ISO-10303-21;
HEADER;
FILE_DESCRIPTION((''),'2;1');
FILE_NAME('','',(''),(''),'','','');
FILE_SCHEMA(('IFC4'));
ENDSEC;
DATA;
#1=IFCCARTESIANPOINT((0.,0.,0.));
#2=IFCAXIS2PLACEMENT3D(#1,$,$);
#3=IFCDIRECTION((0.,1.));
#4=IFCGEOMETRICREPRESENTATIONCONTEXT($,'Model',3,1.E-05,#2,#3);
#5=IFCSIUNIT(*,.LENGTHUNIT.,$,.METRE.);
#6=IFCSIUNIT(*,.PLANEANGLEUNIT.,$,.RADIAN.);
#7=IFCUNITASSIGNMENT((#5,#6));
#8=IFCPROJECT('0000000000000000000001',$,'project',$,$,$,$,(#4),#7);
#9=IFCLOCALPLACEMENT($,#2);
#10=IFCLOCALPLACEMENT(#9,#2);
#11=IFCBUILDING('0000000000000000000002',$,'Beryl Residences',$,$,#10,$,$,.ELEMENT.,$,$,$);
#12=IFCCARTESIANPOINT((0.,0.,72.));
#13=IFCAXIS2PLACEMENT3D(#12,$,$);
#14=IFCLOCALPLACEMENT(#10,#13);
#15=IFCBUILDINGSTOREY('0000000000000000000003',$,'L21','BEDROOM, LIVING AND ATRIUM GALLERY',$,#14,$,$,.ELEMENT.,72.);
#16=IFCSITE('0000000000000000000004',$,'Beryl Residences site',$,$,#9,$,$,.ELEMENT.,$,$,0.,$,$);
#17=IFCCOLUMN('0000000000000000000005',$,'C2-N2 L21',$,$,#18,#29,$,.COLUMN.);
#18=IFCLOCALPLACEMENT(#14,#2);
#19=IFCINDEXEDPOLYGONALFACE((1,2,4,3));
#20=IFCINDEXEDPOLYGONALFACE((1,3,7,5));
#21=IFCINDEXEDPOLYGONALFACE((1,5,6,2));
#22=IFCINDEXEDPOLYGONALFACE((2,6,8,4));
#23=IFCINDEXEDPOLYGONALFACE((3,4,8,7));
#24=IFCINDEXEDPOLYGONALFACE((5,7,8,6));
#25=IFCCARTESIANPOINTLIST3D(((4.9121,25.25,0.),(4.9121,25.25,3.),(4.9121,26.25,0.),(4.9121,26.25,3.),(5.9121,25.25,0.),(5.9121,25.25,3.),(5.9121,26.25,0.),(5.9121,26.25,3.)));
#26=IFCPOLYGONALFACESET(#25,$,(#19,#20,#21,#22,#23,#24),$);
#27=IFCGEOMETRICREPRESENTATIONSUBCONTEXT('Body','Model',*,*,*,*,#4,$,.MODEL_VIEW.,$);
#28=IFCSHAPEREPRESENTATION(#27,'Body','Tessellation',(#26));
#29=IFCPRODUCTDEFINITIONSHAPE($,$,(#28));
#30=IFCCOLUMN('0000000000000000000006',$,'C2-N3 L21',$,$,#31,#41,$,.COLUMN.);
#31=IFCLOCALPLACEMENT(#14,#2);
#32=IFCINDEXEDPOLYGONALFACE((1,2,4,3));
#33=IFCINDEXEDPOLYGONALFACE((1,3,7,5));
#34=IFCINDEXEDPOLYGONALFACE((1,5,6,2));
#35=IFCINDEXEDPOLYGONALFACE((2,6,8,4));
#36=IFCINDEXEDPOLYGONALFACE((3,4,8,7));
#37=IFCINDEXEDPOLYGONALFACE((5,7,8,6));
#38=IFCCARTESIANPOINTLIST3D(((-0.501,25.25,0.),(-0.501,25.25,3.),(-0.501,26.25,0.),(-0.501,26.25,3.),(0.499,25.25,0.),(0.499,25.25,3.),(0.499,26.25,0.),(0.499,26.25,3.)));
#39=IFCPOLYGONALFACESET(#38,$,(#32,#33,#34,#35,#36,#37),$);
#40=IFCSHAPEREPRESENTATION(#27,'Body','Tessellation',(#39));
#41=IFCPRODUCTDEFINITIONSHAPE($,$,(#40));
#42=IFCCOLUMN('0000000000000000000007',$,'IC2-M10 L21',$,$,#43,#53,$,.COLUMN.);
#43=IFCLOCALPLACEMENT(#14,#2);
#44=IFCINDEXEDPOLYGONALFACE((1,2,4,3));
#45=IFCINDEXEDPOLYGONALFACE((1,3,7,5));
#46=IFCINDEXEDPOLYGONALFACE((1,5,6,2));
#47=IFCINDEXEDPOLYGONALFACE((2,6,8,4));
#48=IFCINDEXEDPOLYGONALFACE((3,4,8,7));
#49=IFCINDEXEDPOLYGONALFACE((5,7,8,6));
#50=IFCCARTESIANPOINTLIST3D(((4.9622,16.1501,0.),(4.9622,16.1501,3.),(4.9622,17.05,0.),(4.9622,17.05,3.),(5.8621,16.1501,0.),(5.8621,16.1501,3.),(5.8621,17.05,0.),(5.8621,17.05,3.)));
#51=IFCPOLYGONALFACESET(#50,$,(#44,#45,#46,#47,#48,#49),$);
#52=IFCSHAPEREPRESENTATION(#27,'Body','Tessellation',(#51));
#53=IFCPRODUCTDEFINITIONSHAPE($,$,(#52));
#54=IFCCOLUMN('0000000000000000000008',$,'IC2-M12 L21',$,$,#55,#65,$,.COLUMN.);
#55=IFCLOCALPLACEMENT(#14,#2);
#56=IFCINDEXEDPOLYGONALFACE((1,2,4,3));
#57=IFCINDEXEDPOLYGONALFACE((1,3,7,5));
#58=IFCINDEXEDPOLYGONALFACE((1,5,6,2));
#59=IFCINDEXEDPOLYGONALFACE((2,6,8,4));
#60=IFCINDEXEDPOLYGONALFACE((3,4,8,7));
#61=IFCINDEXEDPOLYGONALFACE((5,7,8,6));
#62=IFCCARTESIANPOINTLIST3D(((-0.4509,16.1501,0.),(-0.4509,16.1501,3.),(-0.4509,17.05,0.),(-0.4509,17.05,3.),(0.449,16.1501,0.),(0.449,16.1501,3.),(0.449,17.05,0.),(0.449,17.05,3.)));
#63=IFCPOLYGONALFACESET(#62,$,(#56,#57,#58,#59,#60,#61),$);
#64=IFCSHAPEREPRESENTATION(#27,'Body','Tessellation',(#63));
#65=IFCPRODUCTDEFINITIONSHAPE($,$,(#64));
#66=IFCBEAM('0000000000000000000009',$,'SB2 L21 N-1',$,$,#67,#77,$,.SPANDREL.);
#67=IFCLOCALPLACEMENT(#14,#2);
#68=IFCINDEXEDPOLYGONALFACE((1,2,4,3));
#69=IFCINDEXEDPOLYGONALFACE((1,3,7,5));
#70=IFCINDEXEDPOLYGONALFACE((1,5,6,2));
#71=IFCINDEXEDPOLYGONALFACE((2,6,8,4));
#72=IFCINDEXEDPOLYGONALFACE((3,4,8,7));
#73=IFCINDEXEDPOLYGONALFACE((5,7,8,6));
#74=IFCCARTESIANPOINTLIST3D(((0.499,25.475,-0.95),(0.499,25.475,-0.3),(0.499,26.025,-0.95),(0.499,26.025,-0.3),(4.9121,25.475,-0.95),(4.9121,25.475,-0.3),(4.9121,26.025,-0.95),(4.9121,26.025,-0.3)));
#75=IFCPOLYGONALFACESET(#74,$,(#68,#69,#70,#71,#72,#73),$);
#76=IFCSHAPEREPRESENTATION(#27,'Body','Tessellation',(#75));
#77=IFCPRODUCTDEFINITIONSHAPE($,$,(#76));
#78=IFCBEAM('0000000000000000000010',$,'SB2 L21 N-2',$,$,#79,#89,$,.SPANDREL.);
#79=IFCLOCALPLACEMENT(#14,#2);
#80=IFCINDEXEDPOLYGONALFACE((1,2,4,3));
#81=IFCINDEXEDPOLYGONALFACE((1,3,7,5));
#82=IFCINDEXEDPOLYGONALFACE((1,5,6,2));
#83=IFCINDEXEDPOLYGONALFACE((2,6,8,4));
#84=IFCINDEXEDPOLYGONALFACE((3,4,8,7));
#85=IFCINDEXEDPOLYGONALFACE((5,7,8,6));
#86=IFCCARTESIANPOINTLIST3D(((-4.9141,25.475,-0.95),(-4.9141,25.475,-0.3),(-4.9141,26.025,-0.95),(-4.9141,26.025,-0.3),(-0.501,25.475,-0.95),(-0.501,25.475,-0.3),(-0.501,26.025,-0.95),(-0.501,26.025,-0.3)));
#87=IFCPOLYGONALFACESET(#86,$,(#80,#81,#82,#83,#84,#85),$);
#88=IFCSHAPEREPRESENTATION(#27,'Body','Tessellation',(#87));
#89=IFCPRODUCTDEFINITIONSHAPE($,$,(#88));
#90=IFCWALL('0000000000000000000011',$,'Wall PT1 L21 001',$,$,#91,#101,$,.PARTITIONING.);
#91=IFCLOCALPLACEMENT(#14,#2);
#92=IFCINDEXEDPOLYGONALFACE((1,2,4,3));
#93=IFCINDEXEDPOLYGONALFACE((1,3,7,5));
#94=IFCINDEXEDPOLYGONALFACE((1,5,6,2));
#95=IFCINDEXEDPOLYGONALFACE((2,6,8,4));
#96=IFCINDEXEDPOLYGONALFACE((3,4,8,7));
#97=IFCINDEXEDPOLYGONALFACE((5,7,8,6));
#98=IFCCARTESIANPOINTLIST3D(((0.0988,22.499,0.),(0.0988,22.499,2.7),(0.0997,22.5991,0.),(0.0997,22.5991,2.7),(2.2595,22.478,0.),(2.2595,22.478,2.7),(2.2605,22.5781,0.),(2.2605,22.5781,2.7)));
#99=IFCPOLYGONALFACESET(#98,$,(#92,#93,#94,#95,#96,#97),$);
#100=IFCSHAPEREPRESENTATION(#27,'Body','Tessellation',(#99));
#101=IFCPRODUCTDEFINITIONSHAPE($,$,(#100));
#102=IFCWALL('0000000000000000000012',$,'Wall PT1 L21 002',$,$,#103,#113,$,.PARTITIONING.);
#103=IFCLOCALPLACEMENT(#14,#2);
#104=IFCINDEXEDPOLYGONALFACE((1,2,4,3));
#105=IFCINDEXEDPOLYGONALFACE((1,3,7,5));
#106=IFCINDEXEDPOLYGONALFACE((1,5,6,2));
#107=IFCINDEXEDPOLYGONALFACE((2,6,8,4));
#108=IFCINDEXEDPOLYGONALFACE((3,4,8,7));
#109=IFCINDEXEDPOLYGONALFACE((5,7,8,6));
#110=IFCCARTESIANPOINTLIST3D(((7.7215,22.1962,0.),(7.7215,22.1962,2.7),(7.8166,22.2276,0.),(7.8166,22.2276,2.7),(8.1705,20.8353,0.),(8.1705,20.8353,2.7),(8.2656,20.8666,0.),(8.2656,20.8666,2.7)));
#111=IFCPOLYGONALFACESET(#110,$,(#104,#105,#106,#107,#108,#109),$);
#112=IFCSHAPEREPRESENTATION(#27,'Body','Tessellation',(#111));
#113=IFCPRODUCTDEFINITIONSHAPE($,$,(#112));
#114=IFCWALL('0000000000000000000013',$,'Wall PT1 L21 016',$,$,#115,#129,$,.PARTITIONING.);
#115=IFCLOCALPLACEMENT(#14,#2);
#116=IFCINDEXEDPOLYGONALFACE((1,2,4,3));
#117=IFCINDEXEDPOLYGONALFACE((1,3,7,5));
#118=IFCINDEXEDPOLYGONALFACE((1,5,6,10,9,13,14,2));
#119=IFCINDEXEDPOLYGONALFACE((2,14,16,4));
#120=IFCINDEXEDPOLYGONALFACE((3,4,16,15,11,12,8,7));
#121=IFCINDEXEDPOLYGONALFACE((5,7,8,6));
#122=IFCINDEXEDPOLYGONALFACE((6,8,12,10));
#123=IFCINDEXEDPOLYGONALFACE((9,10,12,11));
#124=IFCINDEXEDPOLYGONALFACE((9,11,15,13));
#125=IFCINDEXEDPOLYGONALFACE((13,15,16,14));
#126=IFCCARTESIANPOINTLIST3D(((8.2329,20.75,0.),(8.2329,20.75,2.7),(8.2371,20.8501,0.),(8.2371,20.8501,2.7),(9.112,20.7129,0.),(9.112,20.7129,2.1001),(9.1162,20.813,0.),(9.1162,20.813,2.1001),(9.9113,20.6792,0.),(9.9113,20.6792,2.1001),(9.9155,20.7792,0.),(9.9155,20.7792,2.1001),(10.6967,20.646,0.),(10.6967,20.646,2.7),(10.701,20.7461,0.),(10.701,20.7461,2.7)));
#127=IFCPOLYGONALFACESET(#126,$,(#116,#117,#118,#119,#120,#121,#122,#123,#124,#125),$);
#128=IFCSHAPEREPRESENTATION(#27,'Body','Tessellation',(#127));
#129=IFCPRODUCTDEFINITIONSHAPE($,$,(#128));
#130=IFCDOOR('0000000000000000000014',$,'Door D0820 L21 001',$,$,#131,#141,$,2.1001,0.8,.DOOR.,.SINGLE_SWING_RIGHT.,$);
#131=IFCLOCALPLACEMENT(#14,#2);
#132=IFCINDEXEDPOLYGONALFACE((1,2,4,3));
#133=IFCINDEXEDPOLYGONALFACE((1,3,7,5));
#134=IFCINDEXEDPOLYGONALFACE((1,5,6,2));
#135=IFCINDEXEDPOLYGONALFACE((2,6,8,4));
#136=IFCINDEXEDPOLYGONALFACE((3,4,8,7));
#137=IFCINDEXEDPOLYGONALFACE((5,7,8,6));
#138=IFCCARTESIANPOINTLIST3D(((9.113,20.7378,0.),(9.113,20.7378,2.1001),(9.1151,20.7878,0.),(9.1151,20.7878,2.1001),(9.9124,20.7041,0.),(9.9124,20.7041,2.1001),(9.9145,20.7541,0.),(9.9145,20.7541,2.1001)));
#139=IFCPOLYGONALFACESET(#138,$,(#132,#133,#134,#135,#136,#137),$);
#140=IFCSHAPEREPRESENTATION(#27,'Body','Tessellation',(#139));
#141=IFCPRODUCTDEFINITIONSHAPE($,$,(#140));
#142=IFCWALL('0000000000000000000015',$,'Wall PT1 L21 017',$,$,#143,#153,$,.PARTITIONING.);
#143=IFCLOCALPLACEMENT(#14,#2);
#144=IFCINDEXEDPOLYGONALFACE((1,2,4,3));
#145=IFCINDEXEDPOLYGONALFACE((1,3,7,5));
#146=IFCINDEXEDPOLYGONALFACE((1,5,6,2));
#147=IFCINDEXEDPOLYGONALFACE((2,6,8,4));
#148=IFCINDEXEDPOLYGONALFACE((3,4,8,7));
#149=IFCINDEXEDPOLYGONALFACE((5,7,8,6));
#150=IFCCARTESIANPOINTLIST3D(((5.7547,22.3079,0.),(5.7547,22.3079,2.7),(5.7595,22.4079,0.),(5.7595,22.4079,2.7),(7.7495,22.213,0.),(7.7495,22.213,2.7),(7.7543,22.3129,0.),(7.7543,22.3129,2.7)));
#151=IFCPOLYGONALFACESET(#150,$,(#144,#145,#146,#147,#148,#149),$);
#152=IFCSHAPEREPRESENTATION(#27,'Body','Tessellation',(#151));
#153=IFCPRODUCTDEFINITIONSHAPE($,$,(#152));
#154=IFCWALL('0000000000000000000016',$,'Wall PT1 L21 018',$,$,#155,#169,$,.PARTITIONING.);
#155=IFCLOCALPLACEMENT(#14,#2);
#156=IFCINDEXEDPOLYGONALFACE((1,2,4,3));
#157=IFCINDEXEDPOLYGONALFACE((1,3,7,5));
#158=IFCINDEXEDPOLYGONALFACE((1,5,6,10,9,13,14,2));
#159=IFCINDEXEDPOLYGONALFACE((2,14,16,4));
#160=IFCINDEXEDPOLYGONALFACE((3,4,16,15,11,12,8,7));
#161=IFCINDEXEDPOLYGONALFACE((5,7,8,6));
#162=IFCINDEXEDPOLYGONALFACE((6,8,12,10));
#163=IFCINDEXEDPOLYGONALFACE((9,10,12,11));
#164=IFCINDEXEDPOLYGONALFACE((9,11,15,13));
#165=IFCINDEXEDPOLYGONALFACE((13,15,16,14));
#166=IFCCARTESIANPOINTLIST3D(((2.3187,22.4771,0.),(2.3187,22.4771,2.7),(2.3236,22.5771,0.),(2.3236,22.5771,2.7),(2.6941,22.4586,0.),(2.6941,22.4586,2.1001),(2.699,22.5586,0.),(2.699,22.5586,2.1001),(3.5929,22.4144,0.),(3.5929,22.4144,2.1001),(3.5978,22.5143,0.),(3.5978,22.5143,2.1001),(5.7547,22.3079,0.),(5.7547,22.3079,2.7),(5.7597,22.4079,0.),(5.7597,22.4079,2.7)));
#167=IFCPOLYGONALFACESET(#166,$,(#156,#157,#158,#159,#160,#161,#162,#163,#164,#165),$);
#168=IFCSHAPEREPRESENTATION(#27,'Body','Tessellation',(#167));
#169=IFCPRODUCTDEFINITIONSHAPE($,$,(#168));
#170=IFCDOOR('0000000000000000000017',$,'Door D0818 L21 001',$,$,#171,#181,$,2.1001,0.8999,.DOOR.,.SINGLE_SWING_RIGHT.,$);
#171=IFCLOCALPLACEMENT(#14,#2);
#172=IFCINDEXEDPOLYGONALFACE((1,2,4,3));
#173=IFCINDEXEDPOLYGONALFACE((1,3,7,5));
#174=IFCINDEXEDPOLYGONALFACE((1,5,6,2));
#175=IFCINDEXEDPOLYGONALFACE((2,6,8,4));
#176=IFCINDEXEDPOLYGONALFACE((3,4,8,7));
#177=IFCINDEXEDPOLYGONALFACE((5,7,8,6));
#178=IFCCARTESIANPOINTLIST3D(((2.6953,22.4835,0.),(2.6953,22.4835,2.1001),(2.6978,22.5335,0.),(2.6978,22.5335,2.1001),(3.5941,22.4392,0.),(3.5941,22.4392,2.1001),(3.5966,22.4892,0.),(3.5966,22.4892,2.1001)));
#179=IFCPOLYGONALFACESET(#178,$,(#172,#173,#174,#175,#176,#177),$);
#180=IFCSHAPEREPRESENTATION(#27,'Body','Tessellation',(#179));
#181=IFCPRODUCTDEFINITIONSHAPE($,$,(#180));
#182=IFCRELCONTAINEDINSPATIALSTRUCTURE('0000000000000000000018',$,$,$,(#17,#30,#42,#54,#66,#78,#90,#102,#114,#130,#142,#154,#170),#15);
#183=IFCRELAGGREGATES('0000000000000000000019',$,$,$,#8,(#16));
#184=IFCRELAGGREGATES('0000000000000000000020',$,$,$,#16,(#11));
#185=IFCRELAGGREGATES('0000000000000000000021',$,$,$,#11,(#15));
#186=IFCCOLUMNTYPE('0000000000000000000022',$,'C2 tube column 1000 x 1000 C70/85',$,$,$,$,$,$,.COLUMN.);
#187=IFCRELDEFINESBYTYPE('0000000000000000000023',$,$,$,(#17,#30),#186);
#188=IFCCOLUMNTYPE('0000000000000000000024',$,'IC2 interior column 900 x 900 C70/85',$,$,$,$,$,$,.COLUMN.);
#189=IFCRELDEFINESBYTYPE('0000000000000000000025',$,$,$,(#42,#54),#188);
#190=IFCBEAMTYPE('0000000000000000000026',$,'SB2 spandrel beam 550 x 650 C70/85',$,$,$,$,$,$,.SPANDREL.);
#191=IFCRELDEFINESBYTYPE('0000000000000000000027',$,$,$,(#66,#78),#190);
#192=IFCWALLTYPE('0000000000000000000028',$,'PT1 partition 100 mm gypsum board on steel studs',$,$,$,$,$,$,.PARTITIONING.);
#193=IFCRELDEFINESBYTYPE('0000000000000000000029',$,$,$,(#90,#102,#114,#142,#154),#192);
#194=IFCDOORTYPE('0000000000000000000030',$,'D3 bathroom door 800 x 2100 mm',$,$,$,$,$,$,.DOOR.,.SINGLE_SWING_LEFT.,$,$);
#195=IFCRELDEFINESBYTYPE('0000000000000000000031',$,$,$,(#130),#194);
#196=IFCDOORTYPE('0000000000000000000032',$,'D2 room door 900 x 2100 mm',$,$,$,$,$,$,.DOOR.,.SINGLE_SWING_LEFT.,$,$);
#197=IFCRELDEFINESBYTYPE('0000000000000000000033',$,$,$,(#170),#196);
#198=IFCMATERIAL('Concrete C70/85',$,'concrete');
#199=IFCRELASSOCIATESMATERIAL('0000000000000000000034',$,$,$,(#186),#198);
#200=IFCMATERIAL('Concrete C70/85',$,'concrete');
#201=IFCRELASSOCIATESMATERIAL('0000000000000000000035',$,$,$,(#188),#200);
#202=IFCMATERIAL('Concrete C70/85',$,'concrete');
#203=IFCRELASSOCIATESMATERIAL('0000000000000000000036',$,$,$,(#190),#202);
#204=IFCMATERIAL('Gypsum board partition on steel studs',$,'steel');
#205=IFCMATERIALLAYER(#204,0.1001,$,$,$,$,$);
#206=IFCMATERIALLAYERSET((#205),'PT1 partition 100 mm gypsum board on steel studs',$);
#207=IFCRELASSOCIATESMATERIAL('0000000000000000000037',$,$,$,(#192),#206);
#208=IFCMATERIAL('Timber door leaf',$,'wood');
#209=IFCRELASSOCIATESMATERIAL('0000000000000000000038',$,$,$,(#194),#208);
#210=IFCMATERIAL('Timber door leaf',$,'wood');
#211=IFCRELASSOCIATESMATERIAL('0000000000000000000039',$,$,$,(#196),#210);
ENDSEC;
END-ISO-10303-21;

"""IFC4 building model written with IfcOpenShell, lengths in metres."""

from ifc_helpers import new_model, si_unit, direction, frame, frame_2d, origin, origin_2d, place, context, subcontext, project, spatial, rectangle, extrude, material, layer, layer_set, material_profile, profile_set, type_object, element, fill, save


model = new_model("IFC4")

# Units and contexts
model_context = context("Model", 3, precision=1e-05, world=origin(), true_north=direction((0.0, 1.0)))
body_context = subcontext(model_context, "Body", "Model", "MODEL_VIEW")
ifc_project = project(units=[si_unit("LENGTHUNIT", "METRE"), si_unit("PLANEANGLEUNIT", "RADIAN")], contexts=[model_context])

# Site, building, storey
site_placement = place(None, origin())
site = spatial("IfcSite", under=ifc_project, at=site_placement, Name="Beryl Residences site", CompositionType="ELEMENT", RefElevation=0.0)
building_placement = place(site_placement, origin())
building = spatial("IfcBuilding", under=site, at=building_placement, Name="Beryl Residences", CompositionType="ELEMENT")
storey_placement = place(building_placement, frame((0.0, 0.0, 72.0)))
storey = spatial("IfcBuildingStorey", under=building, at=storey_placement, Name="L21", Description="BEDROOM, LIVING AND ATRIUM GALLERY", CompositionType="ELEMENT", Elevation=72.0)

# Columns
ifc_material_1 = material(Name="Concrete C70/85", Category="concrete")
ifc_material_profile_1 = material_profile(ifc_material_1, rectangle(XDim=1.0, YDim=1.0, at=origin_2d()))
ifc_profile_set_1 = profile_set([ifc_material_profile_1], Name="Concrete C70/85")
column_type_1 = type_object("IfcColumnType", Name="C2 tube column 1000 x 1000 C70/85", PredefinedType="COLUMN", material=ifc_profile_set_1)
for number, where, z_axis, x_axis, name in (
    (1, (5.4121, 25.75, 0.0), (0.0, 0.0, 1.0), (-1.0, 0.0, 0.0), "C2-N2 L21"),
    (2, (-0.001, 25.75, 0.0), (0.0, 0.0, 1.0), (-1.0, 0.0, 0.0), "C2-N3 L21"),
):
    element("IfcColumn", number, at=place(storey_placement, frame(where, z_axis=z_axis, x_axis=x_axis)), inside=storey, type_object=column_type_1, Name=name, PredefinedType="COLUMN", context=body_context, shape_type="SweptSolid", body=[
        extrude(rectangle(XDim=1.0, YDim=1.0, at=origin_2d()), origin(), (0.0, 0.0, 1.0), 3.0),
    ])
ifc_material_2 = material(Name="Concrete C70/85", Category="concrete")
ifc_material_profile_2 = material_profile(ifc_material_2, rectangle(XDim=0.8999, YDim=0.8999, at=origin_2d()))
ifc_profile_set_2 = profile_set([ifc_material_profile_2], Name="Concrete C70/85")
column_type_2 = type_object("IfcColumnType", Name="IC2 interior column 900 x 900 C70/85", PredefinedType="COLUMN", material=ifc_profile_set_2)
for number, where, z_axis, x_axis, name in (
    (3, (5.4121, 16.6001, 0.0), (0.0, 0.0, 1.0), (-1.0, 0.0, 0.0), "IC2-M10 L21"),
    (4, (-0.001, 16.6001, 0.0), (0.0, 0.0, 1.0), (-1.0, 0.0, 0.0), "IC2-M12 L21"),
):
    element("IfcColumn", number, at=place(storey_placement, frame(where, z_axis=z_axis, x_axis=x_axis)), inside=storey, type_object=column_type_2, Name=name, PredefinedType="COLUMN", context=body_context, shape_type="SweptSolid", body=[
        extrude(rectangle(XDim=0.8999, YDim=0.8999, at=origin_2d()), origin(), (0.0, 0.0, 1.0), 3.0),
    ])

# Beams
ifc_material_3 = material(Name="Concrete C70/85", Category="concrete")
ifc_material_profile_3 = material_profile(ifc_material_3, rectangle(XDim=0.55, YDim=0.6499, at=origin_2d()))
ifc_profile_set_3 = profile_set([ifc_material_profile_3], Name="Concrete C70/85")
beam_type = type_object("IfcBeamType", Name="SB2 spandrel beam 550 x 650 C70/85", PredefinedType="SPANDREL", material=ifc_profile_set_3)
for number, where, z_axis, x_axis, name in (
    (5, (4.9121, 25.75, -0.625), (-1.0, 0.0, 0.0), (0.0, -1.0, 0.0), "SB2 L21 N-1"),
    (6, (-0.501, 25.75, -0.625), (-1.0, 0.0, 0.0), (0.0, -1.0, 0.0), "SB2 L21 N-2"),
):
    element("IfcBeam", number, at=place(storey_placement, frame(where, z_axis=z_axis, x_axis=x_axis)), inside=storey, type_object=beam_type, Name=name, PredefinedType="SPANDREL", context=body_context, shape_type="SweptSolid", body=[
        extrude(rectangle(XDim=0.55, YDim=0.6499, at=origin_2d()), origin(), (0.0, 0.0, 1.0), 4.4131),
    ])

# Walls
ifc_material_4 = material(Name="Gypsum board partition on steel studs", Category="steel")
ifc_layer_1 = layer(ifc_material_4, 0.1001)
ifc_layer_set_1 = layer_set([ifc_layer_1], Name="PT1 partition 100 mm gypsum board on steel studs")
wall_type_1 = type_object("IfcWallType", Name="PT1 partition 100 mm gypsum board on steel studs", PredefinedType="PARTITIONING", material=ifc_layer_set_1)
wall_1_placement = place(storey_placement, frame((0.0991, 22.5491, 0.0), z_axis=(0.0, 0.0, 1.0), x_axis=(0.999953, -0.009716, 0.0)))
element("IfcWall", 7, at=wall_1_placement, inside=storey, type_object=wall_type_1, Name="Wall PT1 L21 001", PredefinedType="PARTITIONING", context=body_context, shape_type="SweptSolid", body=[
    extrude(rectangle(XDim=2.1609, YDim=0.1001, at=frame_2d((1.0806, 0.0))), origin(), (0.0, 0.0, 1.0), 2.7),
])
wall_2_placement = place(storey_placement, frame((7.769, 22.2119, 0.0), z_axis=(0.0, 0.0, 1.0), x_axis=(0.313313, -0.94965, 0.0)))
element("IfcWall", 8, at=wall_2_placement, inside=storey, type_object=wall_type_1, Name="Wall PT1 L21 002", PredefinedType="PARTITIONING", context=body_context, shape_type="SweptSolid", body=[
    extrude(rectangle(XDim=1.4331, YDim=0.1001, at=frame_2d((0.7166, 0.0))), origin(), (0.0, 0.0, 1.0), 2.7),
])

# Wall, opening, door
wall_3_placement = place(storey_placement, frame((8.2351, 20.8, 0.0), z_axis=(0.0, 0.0, 1.0), x_axis=(0.99911, -0.042174, 0.0)))
wall_3 = element("IfcWall", 9, at=wall_3_placement, inside=storey, type_object=wall_type_1, Name="Wall PT1 L21 016", PredefinedType="PARTITIONING", context=body_context, shape_type="SweptSolid", body=[
    extrude(rectangle(XDim=2.4661, YDim=0.1001, at=frame_2d((1.2329, 0.0))), origin(), (0.0, 0.0, 1.0), 2.7),
])
opening_1_placement = place(wall_3_placement, frame((0.8799, 0.0, 0.0)))
opening_1 = element("IfcOpeningElement", 10, at=opening_1_placement, cuts=wall_3, PredefinedType="OPENING", context=body_context, shape_type="SweptSolid", body=[
    extrude(rectangle(XDim=0.8, YDim=2.1001, at=frame_2d((0.3999, 1.05))), frame((0.0, 0.0601, 0.0), z_axis=(0.0, -1.0, 0.0), x_axis=(1.0, 0.0, 0.0)), (0.0, 0.0, 1.0), 0.1201),
])
ifc_material_5 = material(Name="Timber door leaf", Category="wood")
door_type_1 = type_object("IfcDoorType", Name="D3 bathroom door 800 x 2100 mm", OperationType="SINGLE_SWING_LEFT", PredefinedType="DOOR", material=ifc_material_5)
door_1_placement = place(opening_1_placement, origin())
door_1 = element("IfcDoor", 11, at=door_1_placement, inside=storey, type_object=door_type_1, Name="Door D0820 L21 001", OperationType="SINGLE_SWING_RIGHT", OverallHeight=2.1001, OverallWidth=0.8, PredefinedType="DOOR", context=body_context, shape_type="SweptSolid", body=[
    extrude(rectangle(XDim=0.8, YDim=2.1001, at=frame_2d((0.3999, 1.05))), frame((0.0, 0.0249, 0.0), z_axis=(0.0, -1.0, 0.0), x_axis=(1.0, 0.0, 0.0)), (0.0, 0.0, 1.0), 0.05),
])
fill(opening_1, door_1)

# Wall
wall_4_placement = place(storey_placement, frame((5.7571, 22.3579, 0.0), z_axis=(0.0, 0.0, 1.0), x_axis=(0.998869, -0.047554, 0.0)))
element("IfcWall", 12, at=wall_4_placement, inside=storey, type_object=wall_type_1, Name="Wall PT1 L21 017", PredefinedType="PARTITIONING", context=body_context, shape_type="SweptSolid", body=[
    extrude(rectangle(XDim=1.9971, YDim=0.1001, at=frame_2d((0.9985, 0.0))), origin(), (0.0, 0.0, 1.0), 2.7),
])

# Wall, opening, door
wall_5_placement = place(storey_placement, frame((2.321, 22.5271, 0.0), z_axis=(0.0, 0.0, 1.0), x_axis=(0.99879, -0.04918, 0.0)))
wall_5 = element("IfcWall", 13, at=wall_5_placement, inside=storey, type_object=wall_type_1, Name="Wall PT1 L21 018", PredefinedType="PARTITIONING", context=body_context, shape_type="SweptSolid", body=[
    extrude(rectangle(XDim=3.4402, YDim=0.1001, at=frame_2d((1.7202, 0.0))), origin(), (0.0, 0.0, 1.0), 2.7),
])
opening_2_placement = place(wall_5_placement, frame((0.376, 0.0, 0.0)))
opening_2 = element("IfcOpeningElement", 14, at=opening_2_placement, cuts=wall_5, PredefinedType="OPENING", context=body_context, shape_type="SweptSolid", body=[
    extrude(rectangle(XDim=0.8999, YDim=2.1001, at=frame_2d((0.45, 1.05))), frame((0.0, 0.0601, 0.0), z_axis=(0.0, -1.0, 0.0), x_axis=(1.0, 0.0, 0.0)), (0.0, 0.0, 1.0), 0.1201),
])
ifc_material_6 = material(Name="Timber door leaf", Category="wood")
door_type_2 = type_object("IfcDoorType", Name="D2 room door 900 x 2100 mm", OperationType="SINGLE_SWING_LEFT", PredefinedType="DOOR", material=ifc_material_6)
door_2_placement = place(opening_2_placement, origin())
door_2 = element("IfcDoor", 15, at=door_2_placement, inside=storey, type_object=door_type_2, Name="Door D0818 L21 001", OperationType="SINGLE_SWING_RIGHT", OverallHeight=2.1001, OverallWidth=0.8999, PredefinedType="DOOR", context=body_context, shape_type="SweptSolid", body=[
    extrude(rectangle(XDim=0.8999, YDim=2.1001, at=frame_2d((0.45, 1.05))), frame((0.0, 0.0249, 0.0), z_axis=(0.0, -1.0, 0.0), x_axis=(1.0, 0.0, 0.0)), (0.0, 0.0, 1.0), 0.05),
])
fill(opening_2, door_2)

save(model, "model.ifc")
